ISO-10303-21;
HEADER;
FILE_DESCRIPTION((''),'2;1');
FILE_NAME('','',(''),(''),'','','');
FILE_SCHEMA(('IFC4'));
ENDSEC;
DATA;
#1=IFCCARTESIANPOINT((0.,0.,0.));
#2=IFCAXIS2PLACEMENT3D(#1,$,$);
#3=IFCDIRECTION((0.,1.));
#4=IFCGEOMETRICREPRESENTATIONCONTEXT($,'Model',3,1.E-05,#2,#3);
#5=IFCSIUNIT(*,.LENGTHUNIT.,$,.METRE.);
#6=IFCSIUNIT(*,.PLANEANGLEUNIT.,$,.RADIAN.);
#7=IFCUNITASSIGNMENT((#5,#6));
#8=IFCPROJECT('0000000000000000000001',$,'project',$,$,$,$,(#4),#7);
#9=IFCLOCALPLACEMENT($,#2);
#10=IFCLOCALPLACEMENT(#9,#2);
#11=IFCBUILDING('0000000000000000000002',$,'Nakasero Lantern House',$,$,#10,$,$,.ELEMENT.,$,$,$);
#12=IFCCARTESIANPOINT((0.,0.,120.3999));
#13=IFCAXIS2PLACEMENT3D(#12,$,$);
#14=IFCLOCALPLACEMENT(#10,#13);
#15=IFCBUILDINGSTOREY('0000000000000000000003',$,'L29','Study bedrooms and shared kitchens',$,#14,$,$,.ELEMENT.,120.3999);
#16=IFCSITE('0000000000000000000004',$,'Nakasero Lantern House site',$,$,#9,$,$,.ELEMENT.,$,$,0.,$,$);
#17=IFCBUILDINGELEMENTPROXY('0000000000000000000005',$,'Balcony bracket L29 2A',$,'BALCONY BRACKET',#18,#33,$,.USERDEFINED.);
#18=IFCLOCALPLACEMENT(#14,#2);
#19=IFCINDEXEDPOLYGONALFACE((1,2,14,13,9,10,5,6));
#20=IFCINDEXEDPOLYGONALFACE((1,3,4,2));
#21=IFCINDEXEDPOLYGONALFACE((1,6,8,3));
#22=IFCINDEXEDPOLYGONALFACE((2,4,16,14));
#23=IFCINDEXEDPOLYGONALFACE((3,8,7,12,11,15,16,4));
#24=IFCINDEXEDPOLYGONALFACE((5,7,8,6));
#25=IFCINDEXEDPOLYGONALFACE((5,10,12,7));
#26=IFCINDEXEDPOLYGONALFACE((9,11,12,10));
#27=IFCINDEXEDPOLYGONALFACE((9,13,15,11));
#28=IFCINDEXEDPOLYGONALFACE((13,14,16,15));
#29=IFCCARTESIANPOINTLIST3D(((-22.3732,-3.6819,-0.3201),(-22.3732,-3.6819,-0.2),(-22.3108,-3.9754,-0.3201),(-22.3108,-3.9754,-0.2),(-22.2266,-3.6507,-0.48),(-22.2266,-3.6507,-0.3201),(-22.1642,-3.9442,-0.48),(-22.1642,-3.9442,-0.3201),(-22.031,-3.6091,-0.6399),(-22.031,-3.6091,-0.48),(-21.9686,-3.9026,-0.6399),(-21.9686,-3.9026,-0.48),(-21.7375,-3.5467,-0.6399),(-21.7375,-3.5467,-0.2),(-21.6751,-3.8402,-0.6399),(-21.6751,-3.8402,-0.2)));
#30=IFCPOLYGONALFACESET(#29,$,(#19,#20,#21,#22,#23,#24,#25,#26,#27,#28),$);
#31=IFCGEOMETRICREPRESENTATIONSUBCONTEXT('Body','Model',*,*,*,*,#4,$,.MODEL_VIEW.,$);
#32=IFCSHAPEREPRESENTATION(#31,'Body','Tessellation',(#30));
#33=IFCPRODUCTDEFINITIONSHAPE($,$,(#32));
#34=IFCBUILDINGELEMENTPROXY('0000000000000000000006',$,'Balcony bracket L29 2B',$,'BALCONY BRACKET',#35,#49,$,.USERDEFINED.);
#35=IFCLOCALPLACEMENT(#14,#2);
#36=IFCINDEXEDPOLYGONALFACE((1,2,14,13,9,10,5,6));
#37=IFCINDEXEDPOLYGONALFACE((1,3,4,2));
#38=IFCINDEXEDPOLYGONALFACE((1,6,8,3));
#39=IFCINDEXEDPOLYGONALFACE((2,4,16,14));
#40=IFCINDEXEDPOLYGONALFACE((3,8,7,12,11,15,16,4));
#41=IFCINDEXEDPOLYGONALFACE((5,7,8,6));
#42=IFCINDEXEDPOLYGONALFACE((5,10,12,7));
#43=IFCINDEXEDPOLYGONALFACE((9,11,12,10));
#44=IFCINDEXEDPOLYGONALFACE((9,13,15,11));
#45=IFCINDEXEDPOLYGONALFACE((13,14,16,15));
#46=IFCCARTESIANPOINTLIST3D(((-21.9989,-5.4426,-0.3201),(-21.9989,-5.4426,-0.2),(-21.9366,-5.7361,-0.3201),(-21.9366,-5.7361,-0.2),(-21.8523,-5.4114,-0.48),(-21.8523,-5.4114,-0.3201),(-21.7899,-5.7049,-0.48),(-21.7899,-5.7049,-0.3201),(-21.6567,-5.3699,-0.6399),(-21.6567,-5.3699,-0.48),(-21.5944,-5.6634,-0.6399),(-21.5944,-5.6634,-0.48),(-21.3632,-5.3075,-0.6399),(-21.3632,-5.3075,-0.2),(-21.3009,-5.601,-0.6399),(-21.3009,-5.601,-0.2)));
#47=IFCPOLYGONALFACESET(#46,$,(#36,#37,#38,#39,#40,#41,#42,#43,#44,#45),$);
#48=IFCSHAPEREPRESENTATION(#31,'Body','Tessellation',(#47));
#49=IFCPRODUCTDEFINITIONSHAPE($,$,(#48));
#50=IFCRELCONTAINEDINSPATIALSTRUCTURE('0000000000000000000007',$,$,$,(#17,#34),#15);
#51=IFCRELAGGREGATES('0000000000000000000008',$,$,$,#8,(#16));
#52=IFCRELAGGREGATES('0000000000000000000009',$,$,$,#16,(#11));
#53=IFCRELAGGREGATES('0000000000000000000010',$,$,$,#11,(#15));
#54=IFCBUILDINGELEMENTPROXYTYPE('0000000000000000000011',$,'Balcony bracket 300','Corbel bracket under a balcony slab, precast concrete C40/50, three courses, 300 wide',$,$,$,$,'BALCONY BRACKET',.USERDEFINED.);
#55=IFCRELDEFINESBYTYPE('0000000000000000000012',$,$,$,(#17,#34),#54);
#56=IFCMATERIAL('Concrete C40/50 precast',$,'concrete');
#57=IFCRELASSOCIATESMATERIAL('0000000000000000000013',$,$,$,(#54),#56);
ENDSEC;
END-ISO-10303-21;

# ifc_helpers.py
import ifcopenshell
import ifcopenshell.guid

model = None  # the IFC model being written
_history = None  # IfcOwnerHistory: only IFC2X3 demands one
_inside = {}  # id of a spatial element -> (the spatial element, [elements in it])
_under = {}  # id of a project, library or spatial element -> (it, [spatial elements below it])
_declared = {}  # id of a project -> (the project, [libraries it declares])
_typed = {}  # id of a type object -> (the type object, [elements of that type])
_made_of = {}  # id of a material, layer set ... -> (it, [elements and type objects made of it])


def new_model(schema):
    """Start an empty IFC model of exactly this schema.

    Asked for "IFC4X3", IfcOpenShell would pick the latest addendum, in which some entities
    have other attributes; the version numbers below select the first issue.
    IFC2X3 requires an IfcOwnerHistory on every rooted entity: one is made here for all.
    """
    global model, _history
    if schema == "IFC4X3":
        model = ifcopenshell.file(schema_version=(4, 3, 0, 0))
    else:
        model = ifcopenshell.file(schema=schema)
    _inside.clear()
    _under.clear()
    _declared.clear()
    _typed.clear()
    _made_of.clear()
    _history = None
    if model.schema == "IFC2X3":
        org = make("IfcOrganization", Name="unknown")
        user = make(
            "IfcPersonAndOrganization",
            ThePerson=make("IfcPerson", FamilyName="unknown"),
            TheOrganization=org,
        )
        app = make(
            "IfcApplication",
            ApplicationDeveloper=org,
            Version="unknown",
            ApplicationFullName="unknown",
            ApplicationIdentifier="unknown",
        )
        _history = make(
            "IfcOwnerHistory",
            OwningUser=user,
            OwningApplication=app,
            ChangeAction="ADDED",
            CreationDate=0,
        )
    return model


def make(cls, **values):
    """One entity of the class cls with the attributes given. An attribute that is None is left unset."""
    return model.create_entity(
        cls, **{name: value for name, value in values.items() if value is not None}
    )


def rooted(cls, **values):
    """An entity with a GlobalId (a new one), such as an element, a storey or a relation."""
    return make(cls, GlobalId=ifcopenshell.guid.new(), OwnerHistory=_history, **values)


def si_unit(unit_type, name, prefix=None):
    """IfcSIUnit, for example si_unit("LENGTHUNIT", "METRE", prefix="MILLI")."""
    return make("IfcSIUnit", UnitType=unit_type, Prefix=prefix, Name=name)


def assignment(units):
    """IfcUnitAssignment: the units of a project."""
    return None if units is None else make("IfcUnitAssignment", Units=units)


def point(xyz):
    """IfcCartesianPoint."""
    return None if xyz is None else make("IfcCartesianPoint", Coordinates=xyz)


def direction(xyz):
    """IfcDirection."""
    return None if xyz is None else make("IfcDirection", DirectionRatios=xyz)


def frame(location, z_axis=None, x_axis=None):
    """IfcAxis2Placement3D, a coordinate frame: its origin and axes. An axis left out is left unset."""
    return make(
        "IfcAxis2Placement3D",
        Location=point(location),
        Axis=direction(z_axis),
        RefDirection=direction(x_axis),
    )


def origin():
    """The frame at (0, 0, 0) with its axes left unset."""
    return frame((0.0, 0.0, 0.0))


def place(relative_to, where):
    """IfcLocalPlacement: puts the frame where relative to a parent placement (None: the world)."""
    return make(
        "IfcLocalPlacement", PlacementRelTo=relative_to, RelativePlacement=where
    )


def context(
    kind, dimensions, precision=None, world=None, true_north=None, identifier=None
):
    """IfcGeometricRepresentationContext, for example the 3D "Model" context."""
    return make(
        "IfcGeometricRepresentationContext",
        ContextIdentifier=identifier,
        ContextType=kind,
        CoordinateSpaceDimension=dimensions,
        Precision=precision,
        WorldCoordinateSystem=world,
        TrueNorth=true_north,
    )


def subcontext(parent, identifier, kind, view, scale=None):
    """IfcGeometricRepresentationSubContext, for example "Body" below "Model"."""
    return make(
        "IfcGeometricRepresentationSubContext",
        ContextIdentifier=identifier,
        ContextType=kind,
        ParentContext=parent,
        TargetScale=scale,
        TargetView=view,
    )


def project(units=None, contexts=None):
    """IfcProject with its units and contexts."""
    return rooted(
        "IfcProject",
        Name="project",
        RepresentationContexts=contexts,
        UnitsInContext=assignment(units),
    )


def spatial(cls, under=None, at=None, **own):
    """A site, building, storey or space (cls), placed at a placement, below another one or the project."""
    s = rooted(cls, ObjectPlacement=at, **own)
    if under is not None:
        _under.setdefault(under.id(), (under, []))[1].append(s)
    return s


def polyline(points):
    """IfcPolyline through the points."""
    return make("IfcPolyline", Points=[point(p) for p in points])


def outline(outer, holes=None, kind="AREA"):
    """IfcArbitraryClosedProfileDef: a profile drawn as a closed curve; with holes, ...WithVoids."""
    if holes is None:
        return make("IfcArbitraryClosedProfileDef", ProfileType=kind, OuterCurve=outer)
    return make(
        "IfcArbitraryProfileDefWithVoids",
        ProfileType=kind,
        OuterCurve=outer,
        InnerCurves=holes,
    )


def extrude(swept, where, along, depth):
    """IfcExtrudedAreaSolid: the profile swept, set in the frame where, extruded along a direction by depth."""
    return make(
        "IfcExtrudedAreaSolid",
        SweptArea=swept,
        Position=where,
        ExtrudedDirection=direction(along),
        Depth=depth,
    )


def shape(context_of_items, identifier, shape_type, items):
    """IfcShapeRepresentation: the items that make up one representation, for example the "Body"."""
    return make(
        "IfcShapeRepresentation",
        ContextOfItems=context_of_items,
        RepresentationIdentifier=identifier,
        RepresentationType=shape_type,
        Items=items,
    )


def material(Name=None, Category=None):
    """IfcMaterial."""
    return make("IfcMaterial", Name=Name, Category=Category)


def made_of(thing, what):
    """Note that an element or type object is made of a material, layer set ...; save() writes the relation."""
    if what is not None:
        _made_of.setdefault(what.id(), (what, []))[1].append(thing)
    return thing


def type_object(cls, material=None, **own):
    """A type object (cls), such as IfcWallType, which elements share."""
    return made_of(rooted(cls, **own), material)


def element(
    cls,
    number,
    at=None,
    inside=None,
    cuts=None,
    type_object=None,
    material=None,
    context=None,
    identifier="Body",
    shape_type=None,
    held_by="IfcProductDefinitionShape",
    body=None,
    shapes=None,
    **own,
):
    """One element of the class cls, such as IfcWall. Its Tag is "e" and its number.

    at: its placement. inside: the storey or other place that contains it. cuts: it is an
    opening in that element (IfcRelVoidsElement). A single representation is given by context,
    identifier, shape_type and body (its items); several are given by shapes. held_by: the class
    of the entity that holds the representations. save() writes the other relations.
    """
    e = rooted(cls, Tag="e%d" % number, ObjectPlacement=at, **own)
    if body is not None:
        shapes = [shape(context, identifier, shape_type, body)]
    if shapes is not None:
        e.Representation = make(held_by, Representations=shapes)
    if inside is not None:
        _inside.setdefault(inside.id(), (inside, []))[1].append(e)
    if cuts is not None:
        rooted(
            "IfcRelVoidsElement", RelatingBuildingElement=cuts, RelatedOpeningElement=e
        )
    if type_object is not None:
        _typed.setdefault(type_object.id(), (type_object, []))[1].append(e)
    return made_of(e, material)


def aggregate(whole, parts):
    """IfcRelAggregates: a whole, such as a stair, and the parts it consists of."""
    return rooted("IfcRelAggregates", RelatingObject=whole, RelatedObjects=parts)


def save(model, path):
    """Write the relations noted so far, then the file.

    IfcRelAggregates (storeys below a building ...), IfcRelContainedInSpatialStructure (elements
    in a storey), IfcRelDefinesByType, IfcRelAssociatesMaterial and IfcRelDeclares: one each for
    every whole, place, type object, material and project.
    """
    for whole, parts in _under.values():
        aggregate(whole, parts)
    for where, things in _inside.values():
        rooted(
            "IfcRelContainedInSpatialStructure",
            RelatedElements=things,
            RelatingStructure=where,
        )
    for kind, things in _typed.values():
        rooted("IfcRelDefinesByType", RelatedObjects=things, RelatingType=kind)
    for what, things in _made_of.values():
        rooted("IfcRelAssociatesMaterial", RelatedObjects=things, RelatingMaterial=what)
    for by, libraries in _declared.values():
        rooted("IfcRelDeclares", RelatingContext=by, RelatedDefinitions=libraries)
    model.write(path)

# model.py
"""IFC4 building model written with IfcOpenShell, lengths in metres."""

from ifc_helpers import new_model, si_unit, direction, frame, origin, place, context, subcontext, project, spatial, polyline, outline, extrude, material, type_object, element, save


model = new_model("IFC4")

# Units and contexts
model_context = context("Model", 3, precision=1e-05, world=origin(), true_north=direction((0.0, 1.0)))
body_context = subcontext(model_context, "Body", "Model", "MODEL_VIEW")
ifc_project = project(units=[si_unit("LENGTHUNIT", "METRE"), si_unit("PLANEANGLEUNIT", "RADIAN")], contexts=[model_context])

# Site, building, storey
site_placement = place(None, origin())
site = spatial("IfcSite", under=ifc_project, at=site_placement, Name="Nakasero Lantern House site", CompositionType="ELEMENT", RefElevation=0.0)
building_placement = place(site_placement, origin())
building = spatial("IfcBuilding", under=site, at=building_placement, Name="Nakasero Lantern House", CompositionType="ELEMENT")
storey_placement = place(building_placement, frame((0.0, 0.0, 120.3999)))
storey = spatial("IfcBuildingStorey", under=building, at=storey_placement, Name="L29", Description="Study bedrooms and shared kitchens", CompositionType="ELEMENT", Elevation=120.3999)

# Building element proxies
ifc_material_1 = material(Name="Concrete C40/50 precast", Category="concrete")
building_element_proxy_type = type_object("IfcBuildingElementProxyType", Name="Balcony bracket 300", Description="Corbel bracket under a balcony slab, precast concrete C40/50, three courses, 300 wide", ElementType="BALCONY BRACKET", PredefinedType="USERDEFINED", material=ifc_material_1)
for number, where, z_axis, x_axis, name in (
    (1, (-21.7063, -3.6936, -0.2), (0.0, 0.0, 1.0), (-0.978148, -0.207912, 0.0), "Balcony bracket L29 2A"),
    (2, (-21.332, -5.4543, -0.2), (0.0, 0.0, 1.0), (-0.978148, -0.207912, 0.0), "Balcony bracket L29 2B"),
):
    element("IfcBuildingElementProxy", number, at=place(storey_placement, frame(where, z_axis=z_axis, x_axis=x_axis)), inside=storey, type_object=building_element_proxy_type, Name=name, ObjectType="BALCONY BRACKET", PredefinedType="USERDEFINED", context=body_context, shape_type="SweptSolid", body=[
        extrude(outline(polyline([(0.0, 0.0), (0.6499, 0.0), (0.6499, -0.1201), (0.5, -0.1201), (0.5, -0.28), (0.3, -0.28), (0.3, -0.4399), (0.0, -0.4399), (0.0, 0.0)])), frame((0.0, 0.1499, 0.0), z_axis=(0.0, -1.0, 0.0), x_axis=(1.0, 0.0, 0.0)), (0.0, 0.0, 1.0), 0.3),
    ])

save(model, "model.ifc")
